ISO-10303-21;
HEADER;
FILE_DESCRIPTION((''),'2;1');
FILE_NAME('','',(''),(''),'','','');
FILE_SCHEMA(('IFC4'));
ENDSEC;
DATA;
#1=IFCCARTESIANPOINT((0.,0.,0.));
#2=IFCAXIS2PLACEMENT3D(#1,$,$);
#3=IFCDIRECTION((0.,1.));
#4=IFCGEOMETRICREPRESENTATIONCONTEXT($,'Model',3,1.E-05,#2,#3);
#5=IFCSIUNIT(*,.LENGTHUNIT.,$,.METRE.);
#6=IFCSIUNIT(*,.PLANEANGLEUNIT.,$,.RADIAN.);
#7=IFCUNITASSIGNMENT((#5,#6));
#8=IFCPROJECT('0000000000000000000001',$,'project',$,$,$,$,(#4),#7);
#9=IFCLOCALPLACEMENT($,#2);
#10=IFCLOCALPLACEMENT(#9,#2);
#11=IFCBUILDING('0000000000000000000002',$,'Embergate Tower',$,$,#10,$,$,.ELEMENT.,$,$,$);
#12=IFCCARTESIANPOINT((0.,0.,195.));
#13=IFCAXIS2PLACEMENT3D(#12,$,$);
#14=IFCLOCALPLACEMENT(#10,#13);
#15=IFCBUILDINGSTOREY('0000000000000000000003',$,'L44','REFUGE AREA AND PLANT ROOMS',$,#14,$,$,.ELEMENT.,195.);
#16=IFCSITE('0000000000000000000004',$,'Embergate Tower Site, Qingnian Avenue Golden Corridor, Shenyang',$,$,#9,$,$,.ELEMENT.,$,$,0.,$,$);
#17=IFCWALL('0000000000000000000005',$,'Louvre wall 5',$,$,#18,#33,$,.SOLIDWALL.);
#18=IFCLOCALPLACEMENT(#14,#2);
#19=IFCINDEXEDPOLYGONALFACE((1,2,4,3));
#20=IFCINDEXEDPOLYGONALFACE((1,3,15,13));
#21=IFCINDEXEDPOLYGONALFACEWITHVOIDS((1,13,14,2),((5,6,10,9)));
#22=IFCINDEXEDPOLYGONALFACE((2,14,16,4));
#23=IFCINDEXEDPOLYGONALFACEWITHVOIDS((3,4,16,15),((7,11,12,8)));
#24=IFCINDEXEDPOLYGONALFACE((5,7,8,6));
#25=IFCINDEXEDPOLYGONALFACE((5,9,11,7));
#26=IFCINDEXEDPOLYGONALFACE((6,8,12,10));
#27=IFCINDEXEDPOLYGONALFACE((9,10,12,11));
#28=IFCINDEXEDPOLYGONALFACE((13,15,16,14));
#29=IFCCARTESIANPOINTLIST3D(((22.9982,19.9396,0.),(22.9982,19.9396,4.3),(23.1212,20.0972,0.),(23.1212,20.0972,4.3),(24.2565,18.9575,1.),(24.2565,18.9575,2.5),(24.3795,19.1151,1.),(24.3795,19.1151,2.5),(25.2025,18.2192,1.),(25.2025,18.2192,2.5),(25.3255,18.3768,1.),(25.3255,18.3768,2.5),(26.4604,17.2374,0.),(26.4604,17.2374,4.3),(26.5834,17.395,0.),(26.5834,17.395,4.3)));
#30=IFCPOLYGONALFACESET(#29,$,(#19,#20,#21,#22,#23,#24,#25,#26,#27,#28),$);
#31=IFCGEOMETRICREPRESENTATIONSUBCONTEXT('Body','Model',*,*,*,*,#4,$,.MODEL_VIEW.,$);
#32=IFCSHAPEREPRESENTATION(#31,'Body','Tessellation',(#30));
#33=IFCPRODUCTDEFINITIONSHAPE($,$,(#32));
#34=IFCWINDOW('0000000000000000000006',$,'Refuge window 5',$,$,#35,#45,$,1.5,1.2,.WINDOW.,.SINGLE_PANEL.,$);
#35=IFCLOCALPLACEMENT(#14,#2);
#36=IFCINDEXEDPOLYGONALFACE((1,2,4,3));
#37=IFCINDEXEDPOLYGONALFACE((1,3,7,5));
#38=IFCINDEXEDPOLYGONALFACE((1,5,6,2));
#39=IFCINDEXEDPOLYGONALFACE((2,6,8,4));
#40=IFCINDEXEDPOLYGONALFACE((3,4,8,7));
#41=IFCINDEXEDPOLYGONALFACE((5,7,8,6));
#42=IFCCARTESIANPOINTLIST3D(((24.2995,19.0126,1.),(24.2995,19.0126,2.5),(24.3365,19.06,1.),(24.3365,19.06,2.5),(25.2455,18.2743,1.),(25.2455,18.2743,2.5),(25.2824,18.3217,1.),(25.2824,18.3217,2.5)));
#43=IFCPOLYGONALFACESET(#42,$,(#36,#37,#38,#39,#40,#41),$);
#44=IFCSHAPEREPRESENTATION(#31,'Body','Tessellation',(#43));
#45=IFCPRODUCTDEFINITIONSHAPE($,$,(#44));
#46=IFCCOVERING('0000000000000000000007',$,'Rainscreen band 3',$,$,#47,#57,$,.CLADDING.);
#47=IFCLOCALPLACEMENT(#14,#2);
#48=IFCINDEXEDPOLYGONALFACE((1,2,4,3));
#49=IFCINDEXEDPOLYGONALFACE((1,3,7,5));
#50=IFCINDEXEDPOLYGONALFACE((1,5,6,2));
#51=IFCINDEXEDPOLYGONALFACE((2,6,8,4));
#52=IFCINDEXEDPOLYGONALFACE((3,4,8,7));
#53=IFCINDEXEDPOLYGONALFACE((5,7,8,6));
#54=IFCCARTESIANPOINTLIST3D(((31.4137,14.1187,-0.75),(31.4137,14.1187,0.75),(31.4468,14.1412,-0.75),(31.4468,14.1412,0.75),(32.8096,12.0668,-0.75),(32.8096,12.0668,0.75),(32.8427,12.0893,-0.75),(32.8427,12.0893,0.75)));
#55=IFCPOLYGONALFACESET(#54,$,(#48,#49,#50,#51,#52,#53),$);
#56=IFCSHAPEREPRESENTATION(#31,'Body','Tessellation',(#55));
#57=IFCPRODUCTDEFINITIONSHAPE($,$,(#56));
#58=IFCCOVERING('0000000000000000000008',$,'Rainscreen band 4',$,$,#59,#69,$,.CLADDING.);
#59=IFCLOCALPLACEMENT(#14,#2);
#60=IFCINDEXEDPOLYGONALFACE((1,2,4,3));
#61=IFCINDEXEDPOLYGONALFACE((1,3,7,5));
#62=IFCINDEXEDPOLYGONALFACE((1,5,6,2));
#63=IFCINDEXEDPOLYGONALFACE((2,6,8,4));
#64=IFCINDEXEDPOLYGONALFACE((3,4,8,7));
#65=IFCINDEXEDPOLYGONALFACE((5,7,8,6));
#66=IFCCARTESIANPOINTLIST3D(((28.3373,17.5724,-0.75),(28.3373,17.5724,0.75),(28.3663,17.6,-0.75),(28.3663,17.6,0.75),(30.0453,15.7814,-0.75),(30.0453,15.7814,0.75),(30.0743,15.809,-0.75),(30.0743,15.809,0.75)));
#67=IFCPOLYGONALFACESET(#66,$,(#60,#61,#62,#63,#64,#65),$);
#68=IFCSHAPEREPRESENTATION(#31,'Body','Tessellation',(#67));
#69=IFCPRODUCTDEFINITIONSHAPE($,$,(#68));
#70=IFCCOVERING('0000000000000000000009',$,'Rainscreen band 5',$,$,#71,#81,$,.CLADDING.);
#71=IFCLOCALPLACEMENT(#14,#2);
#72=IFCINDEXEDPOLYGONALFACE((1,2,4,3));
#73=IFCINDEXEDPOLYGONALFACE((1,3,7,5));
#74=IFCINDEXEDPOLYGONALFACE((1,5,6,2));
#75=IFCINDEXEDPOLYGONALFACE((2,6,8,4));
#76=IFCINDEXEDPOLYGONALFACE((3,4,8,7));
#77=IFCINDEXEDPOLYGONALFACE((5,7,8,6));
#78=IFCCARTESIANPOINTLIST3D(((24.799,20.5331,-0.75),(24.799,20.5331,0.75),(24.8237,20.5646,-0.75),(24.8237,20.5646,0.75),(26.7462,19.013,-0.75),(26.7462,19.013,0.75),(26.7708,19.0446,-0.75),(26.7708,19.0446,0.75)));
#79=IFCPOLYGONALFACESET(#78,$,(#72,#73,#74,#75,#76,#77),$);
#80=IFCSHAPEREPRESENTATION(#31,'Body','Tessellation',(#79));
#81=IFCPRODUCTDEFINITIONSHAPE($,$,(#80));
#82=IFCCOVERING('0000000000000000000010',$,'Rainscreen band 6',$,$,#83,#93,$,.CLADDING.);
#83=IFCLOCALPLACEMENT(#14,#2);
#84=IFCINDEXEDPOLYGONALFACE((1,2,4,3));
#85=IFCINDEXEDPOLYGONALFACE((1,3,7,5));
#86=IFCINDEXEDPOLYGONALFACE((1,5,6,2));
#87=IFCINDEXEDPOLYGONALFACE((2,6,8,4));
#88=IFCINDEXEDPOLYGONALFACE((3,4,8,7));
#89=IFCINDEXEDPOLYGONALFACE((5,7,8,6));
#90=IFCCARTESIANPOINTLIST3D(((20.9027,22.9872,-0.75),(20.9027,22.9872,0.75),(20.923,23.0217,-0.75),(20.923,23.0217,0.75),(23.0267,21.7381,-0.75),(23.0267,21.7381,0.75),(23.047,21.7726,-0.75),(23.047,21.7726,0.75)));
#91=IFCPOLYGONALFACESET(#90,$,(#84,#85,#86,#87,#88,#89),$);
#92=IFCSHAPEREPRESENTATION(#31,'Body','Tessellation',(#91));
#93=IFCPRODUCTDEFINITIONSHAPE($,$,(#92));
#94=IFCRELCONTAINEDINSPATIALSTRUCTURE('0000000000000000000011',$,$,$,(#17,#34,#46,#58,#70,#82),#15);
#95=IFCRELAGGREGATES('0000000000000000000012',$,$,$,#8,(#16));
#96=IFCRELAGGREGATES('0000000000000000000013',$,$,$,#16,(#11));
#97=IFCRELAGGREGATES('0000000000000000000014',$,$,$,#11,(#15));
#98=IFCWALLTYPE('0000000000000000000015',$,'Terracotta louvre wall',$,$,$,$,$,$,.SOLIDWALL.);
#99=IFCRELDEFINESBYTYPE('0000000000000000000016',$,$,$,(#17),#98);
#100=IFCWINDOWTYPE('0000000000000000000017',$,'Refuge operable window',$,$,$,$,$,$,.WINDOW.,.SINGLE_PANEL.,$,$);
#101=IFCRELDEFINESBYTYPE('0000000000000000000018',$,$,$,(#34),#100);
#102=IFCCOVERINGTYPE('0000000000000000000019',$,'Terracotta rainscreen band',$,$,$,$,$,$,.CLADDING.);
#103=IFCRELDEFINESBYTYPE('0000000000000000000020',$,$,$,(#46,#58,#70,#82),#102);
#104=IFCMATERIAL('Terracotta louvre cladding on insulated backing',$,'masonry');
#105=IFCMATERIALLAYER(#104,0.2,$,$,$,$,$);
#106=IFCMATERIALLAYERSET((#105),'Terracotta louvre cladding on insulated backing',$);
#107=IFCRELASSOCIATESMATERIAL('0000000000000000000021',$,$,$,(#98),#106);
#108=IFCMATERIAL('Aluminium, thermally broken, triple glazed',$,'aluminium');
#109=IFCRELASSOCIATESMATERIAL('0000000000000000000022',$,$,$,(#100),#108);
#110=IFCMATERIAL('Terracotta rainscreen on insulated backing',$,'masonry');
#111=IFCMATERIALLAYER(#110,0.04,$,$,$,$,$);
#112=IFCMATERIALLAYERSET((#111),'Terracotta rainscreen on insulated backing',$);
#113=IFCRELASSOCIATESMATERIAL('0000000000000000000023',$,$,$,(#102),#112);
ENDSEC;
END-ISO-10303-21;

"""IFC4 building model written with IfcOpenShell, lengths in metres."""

from ifc_helpers import new_model, si_unit, direction, frame, frame_2d, origin, origin_2d, place, context, subcontext, project, spatial, rectangle, extrude, source, transform, mapped, material, layer, layer_set, type_object, element, fill, save


model = new_model("IFC4")

# Units and contexts
model_context = context("Model", 3, precision=1e-05, world=origin(), true_north=direction((0.0, 1.0)))
body_context = subcontext(model_context, "Body", "Model", "MODEL_VIEW")
ifc_project = project(units=[si_unit("LENGTHUNIT", "METRE"), si_unit("PLANEANGLEUNIT", "RADIAN")], contexts=[model_context])

# Site, building, storey
site_placement = place(None, origin())
site = spatial("IfcSite", under=ifc_project, at=site_placement, Name="Embergate Tower Site, Qingnian Avenue Golden Corridor, Shenyang", CompositionType="ELEMENT", RefElevation=0.0)
building_placement = place(site_placement, origin())
building = spatial("IfcBuilding", under=site, at=building_placement, Name="Embergate Tower", CompositionType="ELEMENT")
storey_placement = place(building_placement, frame((0.0, 0.0, 195.0)))
storey = spatial("IfcBuildingStorey", under=building, at=storey_placement, Name="L44", Description="REFUGE AREA AND PLANT ROOMS", CompositionType="ELEMENT", Elevation=195.0)

# Wall, opening, window
ifc_material_1 = material(Name="Terracotta louvre cladding on insulated backing", Category="masonry")
ifc_layer_1 = layer(ifc_material_1, 0.2)
ifc_layer_set_1 = layer_set([ifc_layer_1], Name="Terracotta louvre cladding on insulated backing")
wall_type = type_object("IfcWallType", Name="Terracotta louvre wall", PredefinedType="SOLIDWALL", material=ifc_layer_set_1)
shared_shape_1 = source(origin(), body_context, "Body", "SweptSolid", [
    extrude(rectangle(XDim=1.2, YDim=1.5, at=frame_2d((0.6001, 0.75))), frame((0.0, 0.1099, 0.0), z_axis=(0.0, -1.0, 0.0), x_axis=(1.0, 0.0, 0.0)), (0.0, 0.0, 1.0), 0.22),
])
ifc_material_2 = material(Name="Aluminium, thermally broken, triple glazed", Category="aluminium")
window_type = type_object("IfcWindowType", Name="Refuge operable window", PartitioningType="SINGLE_PANEL", PredefinedType="WINDOW", material=ifc_material_2)
shared_shape_2 = source(origin(), body_context, "Body", "SweptSolid", [
    extrude(rectangle(XDim=1.2, YDim=1.5, at=frame_2d((0.6001, 0.75))), frame((0.0, 0.03, 0.0), z_axis=(0.0, -1.0, 0.0), x_axis=(1.0, 0.0, 0.0)), (0.0, 0.0, 1.0), 0.0601),
])
shared_shape_3 = source(origin(), body_context, "Body", "SweptSolid", [
    extrude(rectangle(XDim=4.3918, YDim=0.2, at=frame_2d((2.1958, 0.0))), origin(), (0.0, 0.0, 1.0), 4.3),
])
wall_1_placement = place(storey_placement, frame((23.0598, 20.0183, 0.0), z_axis=(0.0, 0.0, 1.0), x_axis=(0.788318, -0.615267, 0.0)))
wall_1 = element("IfcWall", 1, at=wall_1_placement, inside=storey, type_object=wall_type, Name="Louvre wall 5", PredefinedType="SOLIDWALL", context=body_context, shape_type="MappedRepresentation", body=[
    mapped(shared_shape_3, transform((0.0, 0.0, 0.0))),
])
opening_1_placement = place(wall_1_placement, frame((1.5959, 0.0, 1.0)))
opening_1 = element("IfcOpeningElement", 2, at=opening_1_placement, cuts=wall_1, PredefinedType="OPENING", context=body_context, shape_type="MappedRepresentation", body=[
    mapped(shared_shape_1, transform((0.0, 0.0, 0.0))),
])
window_1_placement = place(opening_1_placement, origin())
window_1 = element("IfcWindow", 3, at=window_1_placement, inside=storey, type_object=window_type, Name="Refuge window 5", OverallHeight=1.5, OverallWidth=1.2, PartitioningType="SINGLE_PANEL", PredefinedType="WINDOW", context=body_context, shape_type="MappedRepresentation", body=[
    mapped(shared_shape_2, transform((0.0, 0.0, 0.0))),
])
fill(opening_1, window_1)

# Coverings
ifc_material_3 = material(Name="Terracotta rainscreen on insulated backing", Category="masonry")
ifc_layer_2 = layer(ifc_material_3, 0.04)
ifc_layer_set_2 = layer_set([ifc_layer_2], Name="Terracotta rainscreen on insulated backing")
covering_type = type_object("IfcCoveringType", Name="Terracotta rainscreen band", PredefinedType="CLADDING", material=ifc_layer_set_2)
shared_shape_4 = source(origin(), body_context, "Body", "SweptSolid", [
    extrude(rectangle(XDim=2.4817, YDim=0.04, at=origin_2d()), origin(), (0.0, 0.0, 1.0), 1.5),
])
covering_1_placement = place(storey_placement, frame((32.1282, 13.104, -0.75), z_axis=(0.0, 0.0, 1.0), x_axis=(-0.562486, 0.826807, 0.0)))
element("IfcCovering", 4, at=covering_1_placement, inside=storey, type_object=covering_type, Name="Rainscreen band 3", PredefinedType="CLADDING", context=body_context, shape_type="MappedRepresentation", body=[
    mapped(shared_shape_4, transform((0.0, 0.0, 0.0))),
])
shared_shape_5 = source(origin(), body_context, "Body", "SweptSolid", [
    extrude(rectangle(XDim=2.4749, YDim=0.04, at=origin_2d()), origin(), (0.0, 0.0, 1.0), 1.5),
])
covering_2_placement = place(storey_placement, frame((29.2058, 16.6907, -0.75), z_axis=(0.0, 0.0, 1.0), x_axis=(-0.690139, 0.723677, 0.0)))
element("IfcCovering", 5, at=covering_2_placement, inside=storey, type_object=covering_type, Name="Rainscreen band 4", PredefinedType="CLADDING", context=body_context, shape_type="MappedRepresentation", body=[
    mapped(shared_shape_5, transform((0.0, 0.0, 0.0))),
])
shared_shape_6 = source(origin(), body_context, "Body", "SweptSolid", [
    extrude(rectangle(XDim=2.4702, YDim=0.04, at=origin_2d()), origin(), (0.0, 0.0, 1.0), 1.5),
])
covering_3_placement = place(storey_placement, frame((25.7849, 19.7888, -0.75), z_axis=(0.0, 0.0, 1.0), x_axis=(-0.78824, 0.615368, 0.0)))
element("IfcCovering", 6, at=covering_3_placement, inside=storey, type_object=covering_type, Name="Rainscreen band 5", PredefinedType="CLADDING", context=body_context, shape_type="MappedRepresentation", body=[
    mapped(shared_shape_6, transform((0.0, 0.0, 0.0))),
])
shared_shape_7 = source(origin(), body_context, "Body", "SweptSolid", [
    extrude(rectangle(XDim=2.4641, YDim=0.04, at=origin_2d()), origin(), (0.0, 0.0, 1.0), 1.5),
])
covering_4_placement = place(storey_placement, frame((21.9749, 22.3799, -0.75), z_axis=(0.0, 0.0, 1.0), x_axis=(-0.862007, 0.506896, 0.0)))
element("IfcCovering", 7, at=covering_4_placement, inside=storey, type_object=covering_type, Name="Rainscreen band 6", PredefinedType="CLADDING", context=body_context, shape_type="MappedRepresentation", body=[
    mapped(shared_shape_7, transform((0.0, 0.0, 0.0))),
])

save(model, "model.ifc")
